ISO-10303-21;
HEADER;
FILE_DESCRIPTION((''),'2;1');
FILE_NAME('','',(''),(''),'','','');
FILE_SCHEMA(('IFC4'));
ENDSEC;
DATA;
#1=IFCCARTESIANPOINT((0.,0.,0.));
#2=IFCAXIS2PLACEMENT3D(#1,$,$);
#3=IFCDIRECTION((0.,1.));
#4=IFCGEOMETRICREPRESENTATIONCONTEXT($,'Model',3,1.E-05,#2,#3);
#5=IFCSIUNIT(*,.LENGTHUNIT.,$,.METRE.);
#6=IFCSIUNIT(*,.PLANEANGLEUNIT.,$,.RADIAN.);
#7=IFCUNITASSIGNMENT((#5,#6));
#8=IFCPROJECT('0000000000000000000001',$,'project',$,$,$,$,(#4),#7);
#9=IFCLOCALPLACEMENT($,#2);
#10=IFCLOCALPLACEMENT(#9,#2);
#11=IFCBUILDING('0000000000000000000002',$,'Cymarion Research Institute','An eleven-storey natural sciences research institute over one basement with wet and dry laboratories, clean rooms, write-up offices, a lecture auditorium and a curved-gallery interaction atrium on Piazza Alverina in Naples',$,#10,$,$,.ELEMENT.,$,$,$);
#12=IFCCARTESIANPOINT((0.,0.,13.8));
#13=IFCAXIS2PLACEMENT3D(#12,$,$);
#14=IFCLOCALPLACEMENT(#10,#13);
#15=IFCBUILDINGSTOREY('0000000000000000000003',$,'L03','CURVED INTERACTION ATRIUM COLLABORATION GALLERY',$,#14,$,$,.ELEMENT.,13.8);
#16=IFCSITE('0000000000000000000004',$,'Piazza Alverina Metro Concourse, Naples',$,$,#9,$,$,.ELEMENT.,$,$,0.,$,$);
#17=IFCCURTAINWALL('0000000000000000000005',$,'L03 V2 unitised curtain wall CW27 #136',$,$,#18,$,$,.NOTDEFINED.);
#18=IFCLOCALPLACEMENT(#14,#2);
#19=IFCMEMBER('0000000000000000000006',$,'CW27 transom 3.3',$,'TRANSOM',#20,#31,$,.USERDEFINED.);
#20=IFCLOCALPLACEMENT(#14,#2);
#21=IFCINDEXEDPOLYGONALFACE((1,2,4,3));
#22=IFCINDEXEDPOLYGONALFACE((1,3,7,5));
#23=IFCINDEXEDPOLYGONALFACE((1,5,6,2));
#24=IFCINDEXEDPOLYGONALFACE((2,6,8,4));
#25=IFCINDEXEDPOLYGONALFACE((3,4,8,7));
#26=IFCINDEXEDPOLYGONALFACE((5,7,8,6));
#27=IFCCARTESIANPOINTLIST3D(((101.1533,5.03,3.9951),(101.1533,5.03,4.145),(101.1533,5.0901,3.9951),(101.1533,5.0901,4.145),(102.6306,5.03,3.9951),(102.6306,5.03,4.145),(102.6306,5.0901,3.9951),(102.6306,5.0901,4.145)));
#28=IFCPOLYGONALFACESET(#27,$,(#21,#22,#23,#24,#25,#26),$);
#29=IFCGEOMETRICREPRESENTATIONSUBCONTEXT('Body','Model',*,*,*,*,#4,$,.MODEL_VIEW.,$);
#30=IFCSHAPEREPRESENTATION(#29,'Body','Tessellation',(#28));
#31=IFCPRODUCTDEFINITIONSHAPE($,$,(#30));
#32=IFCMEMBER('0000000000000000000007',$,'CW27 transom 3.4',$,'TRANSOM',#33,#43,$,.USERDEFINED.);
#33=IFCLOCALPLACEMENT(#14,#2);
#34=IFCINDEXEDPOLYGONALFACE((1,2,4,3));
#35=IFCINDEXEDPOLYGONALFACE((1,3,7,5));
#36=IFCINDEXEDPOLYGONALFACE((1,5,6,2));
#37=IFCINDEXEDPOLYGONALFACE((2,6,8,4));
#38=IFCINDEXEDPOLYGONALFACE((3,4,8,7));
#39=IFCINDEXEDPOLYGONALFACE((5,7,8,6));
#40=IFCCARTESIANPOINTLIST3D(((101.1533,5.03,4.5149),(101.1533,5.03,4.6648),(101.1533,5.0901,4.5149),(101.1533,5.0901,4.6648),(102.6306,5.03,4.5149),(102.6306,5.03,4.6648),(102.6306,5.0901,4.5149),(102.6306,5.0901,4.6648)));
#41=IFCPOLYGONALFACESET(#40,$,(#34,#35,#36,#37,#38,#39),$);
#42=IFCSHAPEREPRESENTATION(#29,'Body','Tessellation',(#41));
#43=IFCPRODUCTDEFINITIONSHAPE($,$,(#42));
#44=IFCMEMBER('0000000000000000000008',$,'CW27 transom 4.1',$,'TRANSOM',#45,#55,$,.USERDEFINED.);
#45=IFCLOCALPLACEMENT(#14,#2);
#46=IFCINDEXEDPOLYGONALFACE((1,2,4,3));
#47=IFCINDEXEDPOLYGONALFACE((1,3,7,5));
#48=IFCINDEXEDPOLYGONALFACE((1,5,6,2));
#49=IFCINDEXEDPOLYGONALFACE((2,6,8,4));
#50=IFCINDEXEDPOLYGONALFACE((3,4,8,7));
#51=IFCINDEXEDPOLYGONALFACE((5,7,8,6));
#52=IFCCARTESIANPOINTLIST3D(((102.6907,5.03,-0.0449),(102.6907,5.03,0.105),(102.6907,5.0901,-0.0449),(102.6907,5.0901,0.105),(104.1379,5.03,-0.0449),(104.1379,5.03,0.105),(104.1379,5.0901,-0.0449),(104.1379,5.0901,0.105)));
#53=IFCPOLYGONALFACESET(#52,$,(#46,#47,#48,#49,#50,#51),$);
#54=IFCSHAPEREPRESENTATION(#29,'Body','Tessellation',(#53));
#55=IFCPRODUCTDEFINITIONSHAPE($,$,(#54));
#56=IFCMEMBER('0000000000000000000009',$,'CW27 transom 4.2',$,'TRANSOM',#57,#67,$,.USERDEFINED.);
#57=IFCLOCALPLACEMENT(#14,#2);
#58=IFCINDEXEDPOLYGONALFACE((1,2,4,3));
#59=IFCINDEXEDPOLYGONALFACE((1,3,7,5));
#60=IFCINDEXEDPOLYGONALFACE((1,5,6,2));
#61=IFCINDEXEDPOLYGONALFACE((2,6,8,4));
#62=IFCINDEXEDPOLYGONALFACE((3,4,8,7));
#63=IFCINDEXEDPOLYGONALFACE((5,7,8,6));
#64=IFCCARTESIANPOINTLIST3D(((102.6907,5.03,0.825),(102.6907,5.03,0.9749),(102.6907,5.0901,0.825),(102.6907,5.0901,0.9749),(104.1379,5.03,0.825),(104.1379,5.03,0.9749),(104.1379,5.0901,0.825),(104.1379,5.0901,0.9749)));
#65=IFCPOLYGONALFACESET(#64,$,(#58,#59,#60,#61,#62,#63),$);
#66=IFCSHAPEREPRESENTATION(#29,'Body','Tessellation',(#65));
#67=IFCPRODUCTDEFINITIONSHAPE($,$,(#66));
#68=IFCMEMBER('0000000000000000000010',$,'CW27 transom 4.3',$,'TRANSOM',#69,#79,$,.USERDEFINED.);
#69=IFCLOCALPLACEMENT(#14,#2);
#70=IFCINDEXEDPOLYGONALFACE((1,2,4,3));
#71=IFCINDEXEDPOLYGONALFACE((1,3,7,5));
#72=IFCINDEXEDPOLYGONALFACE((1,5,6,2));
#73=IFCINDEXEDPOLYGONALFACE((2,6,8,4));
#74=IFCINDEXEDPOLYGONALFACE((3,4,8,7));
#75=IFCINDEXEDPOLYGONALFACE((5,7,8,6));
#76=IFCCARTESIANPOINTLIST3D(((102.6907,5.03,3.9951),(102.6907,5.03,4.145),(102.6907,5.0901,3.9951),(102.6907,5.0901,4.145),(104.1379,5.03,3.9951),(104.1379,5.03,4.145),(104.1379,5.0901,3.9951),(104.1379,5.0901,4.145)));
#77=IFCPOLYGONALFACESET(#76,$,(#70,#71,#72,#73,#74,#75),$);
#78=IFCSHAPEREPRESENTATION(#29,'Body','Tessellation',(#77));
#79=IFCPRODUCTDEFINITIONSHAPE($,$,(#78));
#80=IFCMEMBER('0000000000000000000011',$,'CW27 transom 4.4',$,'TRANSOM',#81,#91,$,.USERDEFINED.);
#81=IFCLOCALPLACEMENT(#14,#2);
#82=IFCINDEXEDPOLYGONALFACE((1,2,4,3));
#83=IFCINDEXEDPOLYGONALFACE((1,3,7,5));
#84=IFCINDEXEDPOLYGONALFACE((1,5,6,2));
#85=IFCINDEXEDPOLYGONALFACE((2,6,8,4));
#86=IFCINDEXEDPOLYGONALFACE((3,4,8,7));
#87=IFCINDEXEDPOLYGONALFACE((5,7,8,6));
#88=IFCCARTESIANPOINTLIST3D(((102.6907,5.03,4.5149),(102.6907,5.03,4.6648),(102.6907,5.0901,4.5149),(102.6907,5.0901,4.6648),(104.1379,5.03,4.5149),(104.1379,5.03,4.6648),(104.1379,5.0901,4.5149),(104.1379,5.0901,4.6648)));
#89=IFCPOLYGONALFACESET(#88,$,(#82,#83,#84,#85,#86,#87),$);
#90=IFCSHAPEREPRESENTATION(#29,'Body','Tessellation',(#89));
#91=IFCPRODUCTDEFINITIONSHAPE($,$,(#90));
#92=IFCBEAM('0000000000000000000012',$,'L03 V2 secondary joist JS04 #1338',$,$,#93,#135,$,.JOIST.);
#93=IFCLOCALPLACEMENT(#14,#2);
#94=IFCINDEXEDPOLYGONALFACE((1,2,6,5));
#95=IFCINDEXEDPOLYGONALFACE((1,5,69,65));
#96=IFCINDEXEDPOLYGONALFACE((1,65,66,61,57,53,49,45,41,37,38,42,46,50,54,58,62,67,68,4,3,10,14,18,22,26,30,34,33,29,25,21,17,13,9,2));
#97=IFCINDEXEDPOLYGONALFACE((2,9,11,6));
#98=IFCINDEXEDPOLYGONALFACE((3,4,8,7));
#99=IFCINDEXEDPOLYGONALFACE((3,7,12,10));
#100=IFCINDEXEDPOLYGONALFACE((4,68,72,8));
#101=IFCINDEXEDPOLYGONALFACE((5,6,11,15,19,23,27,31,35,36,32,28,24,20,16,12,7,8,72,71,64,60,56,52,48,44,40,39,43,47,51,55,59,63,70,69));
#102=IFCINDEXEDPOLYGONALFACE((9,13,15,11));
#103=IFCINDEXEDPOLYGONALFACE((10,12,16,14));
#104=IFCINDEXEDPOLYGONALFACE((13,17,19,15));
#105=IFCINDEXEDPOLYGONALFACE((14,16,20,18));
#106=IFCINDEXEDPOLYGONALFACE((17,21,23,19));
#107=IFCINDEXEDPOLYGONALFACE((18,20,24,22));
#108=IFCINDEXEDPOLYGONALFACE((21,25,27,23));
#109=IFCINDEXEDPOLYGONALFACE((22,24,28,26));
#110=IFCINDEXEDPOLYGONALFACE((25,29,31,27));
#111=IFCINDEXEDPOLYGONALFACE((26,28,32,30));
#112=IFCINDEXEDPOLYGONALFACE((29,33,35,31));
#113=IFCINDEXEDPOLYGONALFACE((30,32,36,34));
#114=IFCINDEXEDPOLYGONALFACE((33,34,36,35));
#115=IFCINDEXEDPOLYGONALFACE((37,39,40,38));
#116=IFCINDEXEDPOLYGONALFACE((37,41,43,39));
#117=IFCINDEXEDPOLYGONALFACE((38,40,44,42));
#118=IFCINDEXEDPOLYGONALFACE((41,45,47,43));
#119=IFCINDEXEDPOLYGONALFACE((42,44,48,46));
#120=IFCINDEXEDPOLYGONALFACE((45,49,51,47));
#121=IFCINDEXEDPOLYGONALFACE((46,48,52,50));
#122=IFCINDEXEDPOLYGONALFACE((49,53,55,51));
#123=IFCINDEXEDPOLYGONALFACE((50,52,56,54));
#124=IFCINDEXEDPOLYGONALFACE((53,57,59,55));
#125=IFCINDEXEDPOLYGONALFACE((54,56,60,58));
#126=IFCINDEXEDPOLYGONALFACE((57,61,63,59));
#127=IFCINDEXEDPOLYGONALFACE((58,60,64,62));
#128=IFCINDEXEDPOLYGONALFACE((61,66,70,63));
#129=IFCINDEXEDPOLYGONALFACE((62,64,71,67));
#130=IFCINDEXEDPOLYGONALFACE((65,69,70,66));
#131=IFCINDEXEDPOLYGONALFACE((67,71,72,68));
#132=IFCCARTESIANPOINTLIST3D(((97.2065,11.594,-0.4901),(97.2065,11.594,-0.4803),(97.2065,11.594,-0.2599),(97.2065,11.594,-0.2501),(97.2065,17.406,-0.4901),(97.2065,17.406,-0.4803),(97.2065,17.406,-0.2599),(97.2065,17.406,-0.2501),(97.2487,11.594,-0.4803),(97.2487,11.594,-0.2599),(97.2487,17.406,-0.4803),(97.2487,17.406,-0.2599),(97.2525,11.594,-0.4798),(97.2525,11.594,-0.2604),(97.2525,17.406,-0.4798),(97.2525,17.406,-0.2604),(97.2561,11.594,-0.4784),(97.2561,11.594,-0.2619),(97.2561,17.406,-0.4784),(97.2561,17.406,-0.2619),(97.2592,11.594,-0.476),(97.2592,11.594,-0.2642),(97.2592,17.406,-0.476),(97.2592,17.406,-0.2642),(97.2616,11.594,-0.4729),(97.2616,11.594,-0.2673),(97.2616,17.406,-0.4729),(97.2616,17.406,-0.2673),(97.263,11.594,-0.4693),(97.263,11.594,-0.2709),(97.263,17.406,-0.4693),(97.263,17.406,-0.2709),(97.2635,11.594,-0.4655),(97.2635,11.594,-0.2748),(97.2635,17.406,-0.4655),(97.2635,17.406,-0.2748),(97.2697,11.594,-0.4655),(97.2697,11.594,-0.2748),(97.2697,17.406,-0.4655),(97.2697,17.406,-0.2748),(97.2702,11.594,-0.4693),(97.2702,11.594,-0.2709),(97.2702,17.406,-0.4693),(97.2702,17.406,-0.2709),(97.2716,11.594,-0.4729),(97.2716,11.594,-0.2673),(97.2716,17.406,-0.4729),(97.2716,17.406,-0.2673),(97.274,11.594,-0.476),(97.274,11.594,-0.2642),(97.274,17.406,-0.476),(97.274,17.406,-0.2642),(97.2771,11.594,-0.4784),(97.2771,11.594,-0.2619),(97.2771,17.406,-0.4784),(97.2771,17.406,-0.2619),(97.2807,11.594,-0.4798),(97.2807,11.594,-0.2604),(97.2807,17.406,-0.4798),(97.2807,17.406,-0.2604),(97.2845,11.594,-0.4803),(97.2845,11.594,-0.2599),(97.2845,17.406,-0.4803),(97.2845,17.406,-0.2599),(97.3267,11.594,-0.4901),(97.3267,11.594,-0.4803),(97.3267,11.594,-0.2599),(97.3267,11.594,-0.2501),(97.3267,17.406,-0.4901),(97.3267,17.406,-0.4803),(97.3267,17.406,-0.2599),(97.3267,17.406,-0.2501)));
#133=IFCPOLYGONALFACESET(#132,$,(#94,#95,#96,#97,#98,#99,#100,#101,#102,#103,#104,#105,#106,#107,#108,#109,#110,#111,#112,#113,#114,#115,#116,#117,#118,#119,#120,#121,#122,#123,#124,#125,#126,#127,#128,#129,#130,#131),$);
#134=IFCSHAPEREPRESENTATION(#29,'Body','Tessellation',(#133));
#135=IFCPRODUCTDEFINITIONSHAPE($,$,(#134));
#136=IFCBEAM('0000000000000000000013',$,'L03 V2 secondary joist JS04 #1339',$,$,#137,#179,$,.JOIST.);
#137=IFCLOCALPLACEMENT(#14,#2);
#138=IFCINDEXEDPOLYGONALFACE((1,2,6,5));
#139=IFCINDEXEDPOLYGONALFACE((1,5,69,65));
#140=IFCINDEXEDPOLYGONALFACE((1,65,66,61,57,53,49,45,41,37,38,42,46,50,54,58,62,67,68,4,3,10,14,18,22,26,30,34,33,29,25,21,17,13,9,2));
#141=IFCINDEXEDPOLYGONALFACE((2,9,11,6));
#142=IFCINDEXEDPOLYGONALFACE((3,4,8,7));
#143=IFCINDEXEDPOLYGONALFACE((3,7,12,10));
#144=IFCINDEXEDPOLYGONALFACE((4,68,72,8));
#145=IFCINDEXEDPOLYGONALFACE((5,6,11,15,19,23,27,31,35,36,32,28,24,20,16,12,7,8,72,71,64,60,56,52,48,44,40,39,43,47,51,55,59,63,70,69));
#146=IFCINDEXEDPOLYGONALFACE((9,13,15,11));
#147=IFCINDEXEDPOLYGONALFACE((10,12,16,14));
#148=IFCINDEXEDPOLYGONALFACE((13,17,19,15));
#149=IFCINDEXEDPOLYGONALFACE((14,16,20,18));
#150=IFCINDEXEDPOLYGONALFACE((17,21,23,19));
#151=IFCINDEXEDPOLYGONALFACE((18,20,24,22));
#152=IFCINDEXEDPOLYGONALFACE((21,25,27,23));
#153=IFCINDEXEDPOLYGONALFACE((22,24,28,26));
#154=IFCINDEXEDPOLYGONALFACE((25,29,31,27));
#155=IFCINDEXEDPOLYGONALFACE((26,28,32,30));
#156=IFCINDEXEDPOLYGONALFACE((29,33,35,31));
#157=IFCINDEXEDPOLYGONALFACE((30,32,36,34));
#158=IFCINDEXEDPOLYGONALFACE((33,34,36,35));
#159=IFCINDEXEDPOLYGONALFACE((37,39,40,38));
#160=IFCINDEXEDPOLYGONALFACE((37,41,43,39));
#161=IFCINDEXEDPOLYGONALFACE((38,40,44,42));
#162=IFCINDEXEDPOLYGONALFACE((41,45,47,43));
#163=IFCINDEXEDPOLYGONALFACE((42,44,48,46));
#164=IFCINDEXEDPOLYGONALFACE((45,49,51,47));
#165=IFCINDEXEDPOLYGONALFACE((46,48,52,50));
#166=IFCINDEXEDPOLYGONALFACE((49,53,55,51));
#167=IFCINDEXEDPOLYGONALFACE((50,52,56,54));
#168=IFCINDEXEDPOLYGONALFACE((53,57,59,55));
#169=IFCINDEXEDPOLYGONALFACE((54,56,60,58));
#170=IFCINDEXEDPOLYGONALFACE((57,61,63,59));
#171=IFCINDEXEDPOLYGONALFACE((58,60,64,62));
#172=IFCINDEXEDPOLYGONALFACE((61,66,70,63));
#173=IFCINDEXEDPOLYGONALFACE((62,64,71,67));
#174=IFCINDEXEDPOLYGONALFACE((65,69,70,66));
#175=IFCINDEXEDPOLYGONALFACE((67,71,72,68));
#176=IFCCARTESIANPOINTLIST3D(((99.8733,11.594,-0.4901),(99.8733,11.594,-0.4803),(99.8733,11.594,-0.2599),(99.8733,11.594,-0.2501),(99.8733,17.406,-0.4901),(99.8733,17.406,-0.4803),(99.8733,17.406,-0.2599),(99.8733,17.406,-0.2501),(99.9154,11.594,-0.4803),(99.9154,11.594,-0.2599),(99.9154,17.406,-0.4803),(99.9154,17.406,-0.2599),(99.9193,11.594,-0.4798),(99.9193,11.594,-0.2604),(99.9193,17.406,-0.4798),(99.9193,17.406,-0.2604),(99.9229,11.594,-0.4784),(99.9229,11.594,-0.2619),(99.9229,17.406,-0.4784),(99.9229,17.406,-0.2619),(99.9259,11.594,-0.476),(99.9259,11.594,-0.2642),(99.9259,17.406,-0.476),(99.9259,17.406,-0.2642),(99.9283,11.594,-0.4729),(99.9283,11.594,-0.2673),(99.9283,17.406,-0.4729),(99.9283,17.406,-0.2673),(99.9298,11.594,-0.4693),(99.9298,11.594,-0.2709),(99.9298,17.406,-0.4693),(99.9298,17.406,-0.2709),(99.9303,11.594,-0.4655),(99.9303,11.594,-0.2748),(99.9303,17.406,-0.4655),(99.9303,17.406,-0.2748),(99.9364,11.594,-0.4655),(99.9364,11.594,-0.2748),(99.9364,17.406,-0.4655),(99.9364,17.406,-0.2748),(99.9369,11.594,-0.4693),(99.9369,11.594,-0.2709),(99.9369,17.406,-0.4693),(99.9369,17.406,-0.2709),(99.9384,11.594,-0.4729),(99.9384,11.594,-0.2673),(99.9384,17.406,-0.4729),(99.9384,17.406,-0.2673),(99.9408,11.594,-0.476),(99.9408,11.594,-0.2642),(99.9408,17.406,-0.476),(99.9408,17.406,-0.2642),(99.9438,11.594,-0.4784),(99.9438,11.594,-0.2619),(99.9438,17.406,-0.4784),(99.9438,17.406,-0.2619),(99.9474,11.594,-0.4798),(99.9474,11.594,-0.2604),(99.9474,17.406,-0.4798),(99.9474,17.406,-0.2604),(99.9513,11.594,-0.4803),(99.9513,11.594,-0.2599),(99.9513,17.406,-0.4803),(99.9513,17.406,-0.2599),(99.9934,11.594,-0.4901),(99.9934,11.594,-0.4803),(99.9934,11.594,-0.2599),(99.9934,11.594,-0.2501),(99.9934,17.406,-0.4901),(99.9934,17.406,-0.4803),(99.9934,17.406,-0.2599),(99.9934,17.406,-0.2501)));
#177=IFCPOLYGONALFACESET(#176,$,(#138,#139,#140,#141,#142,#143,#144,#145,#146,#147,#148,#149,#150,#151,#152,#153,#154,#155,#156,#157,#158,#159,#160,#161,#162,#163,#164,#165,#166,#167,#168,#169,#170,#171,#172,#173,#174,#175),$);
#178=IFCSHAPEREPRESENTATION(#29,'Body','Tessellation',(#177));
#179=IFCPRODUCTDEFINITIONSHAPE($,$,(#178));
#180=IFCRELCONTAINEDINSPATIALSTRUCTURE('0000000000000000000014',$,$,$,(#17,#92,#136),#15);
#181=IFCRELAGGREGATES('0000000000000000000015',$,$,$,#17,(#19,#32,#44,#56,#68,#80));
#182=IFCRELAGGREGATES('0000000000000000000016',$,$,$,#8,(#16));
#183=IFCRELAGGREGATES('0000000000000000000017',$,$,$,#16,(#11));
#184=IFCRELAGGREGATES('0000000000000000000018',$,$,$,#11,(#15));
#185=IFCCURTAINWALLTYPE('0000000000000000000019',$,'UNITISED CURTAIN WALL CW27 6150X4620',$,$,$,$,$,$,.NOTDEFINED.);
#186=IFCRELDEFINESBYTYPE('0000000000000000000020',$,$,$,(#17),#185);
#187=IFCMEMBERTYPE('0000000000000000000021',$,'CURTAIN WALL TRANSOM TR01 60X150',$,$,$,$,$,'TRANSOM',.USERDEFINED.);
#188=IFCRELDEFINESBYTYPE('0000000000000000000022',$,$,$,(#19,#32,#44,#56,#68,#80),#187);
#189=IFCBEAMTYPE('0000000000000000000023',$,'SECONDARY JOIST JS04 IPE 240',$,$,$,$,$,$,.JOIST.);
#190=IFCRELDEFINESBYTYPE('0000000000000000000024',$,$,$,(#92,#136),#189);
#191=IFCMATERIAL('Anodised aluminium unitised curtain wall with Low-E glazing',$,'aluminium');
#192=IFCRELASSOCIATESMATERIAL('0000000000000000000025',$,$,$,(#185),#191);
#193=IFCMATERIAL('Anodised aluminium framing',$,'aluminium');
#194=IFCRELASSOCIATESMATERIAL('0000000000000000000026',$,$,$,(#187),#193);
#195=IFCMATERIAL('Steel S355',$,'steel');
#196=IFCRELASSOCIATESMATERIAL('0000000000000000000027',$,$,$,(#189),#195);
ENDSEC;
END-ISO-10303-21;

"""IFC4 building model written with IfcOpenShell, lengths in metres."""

from ifc_helpers import new_model, si_unit, direction, frame, origin, origin_2d, place, context, subcontext, project, spatial, rectangle, i_section, extrude, material, material_profile, profile_set, type_object, element, aggregate, save


model = new_model("IFC4")

# Units and contexts
model_context = context("Model", 3, precision=1e-05, world=origin(), true_north=direction((0.0, 1.0)))
body_context = subcontext(model_context, "Body", "Model", "MODEL_VIEW")
ifc_project = project(units=[si_unit("LENGTHUNIT", "METRE"), si_unit("PLANEANGLEUNIT", "RADIAN")], contexts=[model_context])

# Site, building, storey
site_placement = place(None, origin())
site = spatial("IfcSite", under=ifc_project, at=site_placement, Name="Piazza Alverina Metro Concourse, Naples", CompositionType="ELEMENT", RefElevation=0.0)
building_placement = place(site_placement, origin())
building = spatial("IfcBuilding", under=site, at=building_placement, Name="Cymarion Research Institute", Description="An eleven-storey natural sciences research institute over one basement with wet and dry laboratories, clean rooms, write-up offices, a lecture auditorium and a curved-gallery interaction atrium on Piazza Alverina in Naples", CompositionType="ELEMENT")
storey_placement = place(building_placement, frame((0.0, 0.0, 13.8)))
storey = spatial("IfcBuildingStorey", under=building, at=storey_placement, Name="L03", Description="CURVED INTERACTION ATRIUM COLLABORATION GALLERY", CompositionType="ELEMENT", Elevation=13.8)

# Shared definitions
ifc_material_1 = material(Name="Steel S355", Category="steel")

# Curtain wall, members
ifc_material_2 = material(Name="Anodised aluminium unitised curtain wall with Low-E glazing", Category="aluminium")
curtain_wall_type = type_object("IfcCurtainWallType", Name="UNITISED CURTAIN WALL CW27 6150X4620", PredefinedType="NOTDEFINED", material=ifc_material_2)
curtain_wall_placement = place(storey_placement, origin())
curtain_wall = element("IfcCurtainWall", 1, at=curtain_wall_placement, inside=storey, type_object=curtain_wall_type, Name="L03 V2 unitised curtain wall CW27 #136", PredefinedType="NOTDEFINED")
ifc_material_3 = material(Name="Anodised aluminium framing", Category="aluminium")
ifc_material_profile_1 = material_profile(ifc_material_3, rectangle(XDim=0.0601, YDim=0.1499, at=origin_2d()), Name="ALU TRANSOM 60x150")
ifc_profile_set_1 = profile_set([ifc_material_profile_1], Name="Anodised aluminium framing")
member_type_1 = type_object("IfcMemberType", Name="CURTAIN WALL TRANSOM TR01 60X150", ElementType="TRANSOM", PredefinedType="USERDEFINED", material=ifc_profile_set_1)
member_1_placement = place(storey_placement, frame((101.1533, 5.0601, 4.0701), z_axis=(1.0, 0.0, 0.0), x_axis=(0.0, 1.0, 0.0)))
member_1 = element("IfcMember", 2, at=member_1_placement, type_object=member_type_1, Name="CW27 transom 3.3", ObjectType="TRANSOM", PredefinedType="USERDEFINED", context=body_context, shape_type="SweptSolid", body=[
    extrude(rectangle(XDim=0.0601, YDim=0.1499, at=origin_2d()), origin(), (0.0, 0.0, 1.0), 1.4773),
])
member_2_placement = place(storey_placement, frame((101.1533, 5.0601, 4.5898), z_axis=(1.0, 0.0, 0.0), x_axis=(0.0, 1.0, 0.0)))
member_2 = element("IfcMember", 3, at=member_2_placement, type_object=member_type_1, Name="CW27 transom 3.4", ObjectType="TRANSOM", PredefinedType="USERDEFINED", context=body_context, shape_type="SweptSolid", body=[
    extrude(rectangle(XDim=0.0601, YDim=0.1499, at=origin_2d()), origin(), (0.0, 0.0, 1.0), 1.4773),
])
member_3_placement = place(storey_placement, frame((102.6907, 5.0601, 0.03), z_axis=(1.0, 0.0, 0.0), x_axis=(0.0, 1.0, 0.0)))
member_3 = element("IfcMember", 4, at=member_3_placement, type_object=member_type_1, Name="CW27 transom 4.1", ObjectType="TRANSOM", PredefinedType="USERDEFINED", context=body_context, shape_type="SweptSolid", body=[
    extrude(rectangle(XDim=0.0601, YDim=0.1499, at=origin_2d()), origin(), (0.0, 0.0, 1.0), 1.4473),
])
member_4_placement = place(storey_placement, frame((102.6907, 5.0601, 0.8999), z_axis=(1.0, 0.0, 0.0), x_axis=(0.0, 1.0, 0.0)))
member_4 = element("IfcMember", 5, at=member_4_placement, type_object=member_type_1, Name="CW27 transom 4.2", ObjectType="TRANSOM", PredefinedType="USERDEFINED", context=body_context, shape_type="SweptSolid", body=[
    extrude(rectangle(XDim=0.0601, YDim=0.1499, at=origin_2d()), origin(), (0.0, 0.0, 1.0), 1.4473),
])
member_5_placement = place(storey_placement, frame((102.6907, 5.0601, 4.0701), z_axis=(1.0, 0.0, 0.0), x_axis=(0.0, 1.0, 0.0)))
member_5 = element("IfcMember", 6, at=member_5_placement, type_object=member_type_1, Name="CW27 transom 4.3", ObjectType="TRANSOM", PredefinedType="USERDEFINED", context=body_context, shape_type="SweptSolid", body=[
    extrude(rectangle(XDim=0.0601, YDim=0.1499, at=origin_2d()), origin(), (0.0, 0.0, 1.0), 1.4473),
])
member_6_placement = place(storey_placement, frame((102.6907, 5.0601, 4.5898), z_axis=(1.0, 0.0, 0.0), x_axis=(0.0, 1.0, 0.0)))
member_6 = element("IfcMember", 7, at=member_6_placement, type_object=member_type_1, Name="CW27 transom 4.4", ObjectType="TRANSOM", PredefinedType="USERDEFINED", context=body_context, shape_type="SweptSolid", body=[
    extrude(rectangle(XDim=0.0601, YDim=0.1499, at=origin_2d()), origin(), (0.0, 0.0, 1.0), 1.4473),
])

# Beams
ifc_material_profile_2 = material_profile(ifc_material_1, i_section(OverallWidth=0.1201, OverallDepth=0.24, WebThickness=0.0061, FlangeThickness=0.0098, FilletRadius=0.0149, at=origin_2d()), Name="IPE 240")
ifc_profile_set_2 = profile_set([ifc_material_profile_2], Name="Steel S355")
beam_type_1 = type_object("IfcBeamType", Name="SECONDARY JOIST JS04 IPE 240", PredefinedType="JOIST", material=ifc_profile_set_2)
for number, where, z_axis, x_axis, name in (
    (8, (97.2666, 11.594, -0.3701), (0.0, 1.0, 0.0), (-1.0, 0.0, 0.0), "L03 V2 secondary joist JS04 #1338"),
    (9, (99.9333, 11.594, -0.3701), (0.0, 1.0, 0.0), (-1.0, 0.0, 0.0), "L03 V2 secondary joist JS04 #1339"),
):
    element("IfcBeam", number, at=place(storey_placement, frame(where, z_axis=z_axis, x_axis=x_axis)), inside=storey, type_object=beam_type_1, Name=name, PredefinedType="JOIST", context=body_context, shape_type="SweptSolid", body=[
        extrude(i_section(OverallWidth=0.1201, OverallDepth=0.24, WebThickness=0.0061, FlangeThickness=0.0098, FilletRadius=0.0149, at=origin_2d()), origin(), (0.0, 0.0, 1.0), 5.812),
    ])

aggregate(curtain_wall, [member_1, member_2, member_3, member_4, member_5, member_6])

save(model, "model.ifc")
